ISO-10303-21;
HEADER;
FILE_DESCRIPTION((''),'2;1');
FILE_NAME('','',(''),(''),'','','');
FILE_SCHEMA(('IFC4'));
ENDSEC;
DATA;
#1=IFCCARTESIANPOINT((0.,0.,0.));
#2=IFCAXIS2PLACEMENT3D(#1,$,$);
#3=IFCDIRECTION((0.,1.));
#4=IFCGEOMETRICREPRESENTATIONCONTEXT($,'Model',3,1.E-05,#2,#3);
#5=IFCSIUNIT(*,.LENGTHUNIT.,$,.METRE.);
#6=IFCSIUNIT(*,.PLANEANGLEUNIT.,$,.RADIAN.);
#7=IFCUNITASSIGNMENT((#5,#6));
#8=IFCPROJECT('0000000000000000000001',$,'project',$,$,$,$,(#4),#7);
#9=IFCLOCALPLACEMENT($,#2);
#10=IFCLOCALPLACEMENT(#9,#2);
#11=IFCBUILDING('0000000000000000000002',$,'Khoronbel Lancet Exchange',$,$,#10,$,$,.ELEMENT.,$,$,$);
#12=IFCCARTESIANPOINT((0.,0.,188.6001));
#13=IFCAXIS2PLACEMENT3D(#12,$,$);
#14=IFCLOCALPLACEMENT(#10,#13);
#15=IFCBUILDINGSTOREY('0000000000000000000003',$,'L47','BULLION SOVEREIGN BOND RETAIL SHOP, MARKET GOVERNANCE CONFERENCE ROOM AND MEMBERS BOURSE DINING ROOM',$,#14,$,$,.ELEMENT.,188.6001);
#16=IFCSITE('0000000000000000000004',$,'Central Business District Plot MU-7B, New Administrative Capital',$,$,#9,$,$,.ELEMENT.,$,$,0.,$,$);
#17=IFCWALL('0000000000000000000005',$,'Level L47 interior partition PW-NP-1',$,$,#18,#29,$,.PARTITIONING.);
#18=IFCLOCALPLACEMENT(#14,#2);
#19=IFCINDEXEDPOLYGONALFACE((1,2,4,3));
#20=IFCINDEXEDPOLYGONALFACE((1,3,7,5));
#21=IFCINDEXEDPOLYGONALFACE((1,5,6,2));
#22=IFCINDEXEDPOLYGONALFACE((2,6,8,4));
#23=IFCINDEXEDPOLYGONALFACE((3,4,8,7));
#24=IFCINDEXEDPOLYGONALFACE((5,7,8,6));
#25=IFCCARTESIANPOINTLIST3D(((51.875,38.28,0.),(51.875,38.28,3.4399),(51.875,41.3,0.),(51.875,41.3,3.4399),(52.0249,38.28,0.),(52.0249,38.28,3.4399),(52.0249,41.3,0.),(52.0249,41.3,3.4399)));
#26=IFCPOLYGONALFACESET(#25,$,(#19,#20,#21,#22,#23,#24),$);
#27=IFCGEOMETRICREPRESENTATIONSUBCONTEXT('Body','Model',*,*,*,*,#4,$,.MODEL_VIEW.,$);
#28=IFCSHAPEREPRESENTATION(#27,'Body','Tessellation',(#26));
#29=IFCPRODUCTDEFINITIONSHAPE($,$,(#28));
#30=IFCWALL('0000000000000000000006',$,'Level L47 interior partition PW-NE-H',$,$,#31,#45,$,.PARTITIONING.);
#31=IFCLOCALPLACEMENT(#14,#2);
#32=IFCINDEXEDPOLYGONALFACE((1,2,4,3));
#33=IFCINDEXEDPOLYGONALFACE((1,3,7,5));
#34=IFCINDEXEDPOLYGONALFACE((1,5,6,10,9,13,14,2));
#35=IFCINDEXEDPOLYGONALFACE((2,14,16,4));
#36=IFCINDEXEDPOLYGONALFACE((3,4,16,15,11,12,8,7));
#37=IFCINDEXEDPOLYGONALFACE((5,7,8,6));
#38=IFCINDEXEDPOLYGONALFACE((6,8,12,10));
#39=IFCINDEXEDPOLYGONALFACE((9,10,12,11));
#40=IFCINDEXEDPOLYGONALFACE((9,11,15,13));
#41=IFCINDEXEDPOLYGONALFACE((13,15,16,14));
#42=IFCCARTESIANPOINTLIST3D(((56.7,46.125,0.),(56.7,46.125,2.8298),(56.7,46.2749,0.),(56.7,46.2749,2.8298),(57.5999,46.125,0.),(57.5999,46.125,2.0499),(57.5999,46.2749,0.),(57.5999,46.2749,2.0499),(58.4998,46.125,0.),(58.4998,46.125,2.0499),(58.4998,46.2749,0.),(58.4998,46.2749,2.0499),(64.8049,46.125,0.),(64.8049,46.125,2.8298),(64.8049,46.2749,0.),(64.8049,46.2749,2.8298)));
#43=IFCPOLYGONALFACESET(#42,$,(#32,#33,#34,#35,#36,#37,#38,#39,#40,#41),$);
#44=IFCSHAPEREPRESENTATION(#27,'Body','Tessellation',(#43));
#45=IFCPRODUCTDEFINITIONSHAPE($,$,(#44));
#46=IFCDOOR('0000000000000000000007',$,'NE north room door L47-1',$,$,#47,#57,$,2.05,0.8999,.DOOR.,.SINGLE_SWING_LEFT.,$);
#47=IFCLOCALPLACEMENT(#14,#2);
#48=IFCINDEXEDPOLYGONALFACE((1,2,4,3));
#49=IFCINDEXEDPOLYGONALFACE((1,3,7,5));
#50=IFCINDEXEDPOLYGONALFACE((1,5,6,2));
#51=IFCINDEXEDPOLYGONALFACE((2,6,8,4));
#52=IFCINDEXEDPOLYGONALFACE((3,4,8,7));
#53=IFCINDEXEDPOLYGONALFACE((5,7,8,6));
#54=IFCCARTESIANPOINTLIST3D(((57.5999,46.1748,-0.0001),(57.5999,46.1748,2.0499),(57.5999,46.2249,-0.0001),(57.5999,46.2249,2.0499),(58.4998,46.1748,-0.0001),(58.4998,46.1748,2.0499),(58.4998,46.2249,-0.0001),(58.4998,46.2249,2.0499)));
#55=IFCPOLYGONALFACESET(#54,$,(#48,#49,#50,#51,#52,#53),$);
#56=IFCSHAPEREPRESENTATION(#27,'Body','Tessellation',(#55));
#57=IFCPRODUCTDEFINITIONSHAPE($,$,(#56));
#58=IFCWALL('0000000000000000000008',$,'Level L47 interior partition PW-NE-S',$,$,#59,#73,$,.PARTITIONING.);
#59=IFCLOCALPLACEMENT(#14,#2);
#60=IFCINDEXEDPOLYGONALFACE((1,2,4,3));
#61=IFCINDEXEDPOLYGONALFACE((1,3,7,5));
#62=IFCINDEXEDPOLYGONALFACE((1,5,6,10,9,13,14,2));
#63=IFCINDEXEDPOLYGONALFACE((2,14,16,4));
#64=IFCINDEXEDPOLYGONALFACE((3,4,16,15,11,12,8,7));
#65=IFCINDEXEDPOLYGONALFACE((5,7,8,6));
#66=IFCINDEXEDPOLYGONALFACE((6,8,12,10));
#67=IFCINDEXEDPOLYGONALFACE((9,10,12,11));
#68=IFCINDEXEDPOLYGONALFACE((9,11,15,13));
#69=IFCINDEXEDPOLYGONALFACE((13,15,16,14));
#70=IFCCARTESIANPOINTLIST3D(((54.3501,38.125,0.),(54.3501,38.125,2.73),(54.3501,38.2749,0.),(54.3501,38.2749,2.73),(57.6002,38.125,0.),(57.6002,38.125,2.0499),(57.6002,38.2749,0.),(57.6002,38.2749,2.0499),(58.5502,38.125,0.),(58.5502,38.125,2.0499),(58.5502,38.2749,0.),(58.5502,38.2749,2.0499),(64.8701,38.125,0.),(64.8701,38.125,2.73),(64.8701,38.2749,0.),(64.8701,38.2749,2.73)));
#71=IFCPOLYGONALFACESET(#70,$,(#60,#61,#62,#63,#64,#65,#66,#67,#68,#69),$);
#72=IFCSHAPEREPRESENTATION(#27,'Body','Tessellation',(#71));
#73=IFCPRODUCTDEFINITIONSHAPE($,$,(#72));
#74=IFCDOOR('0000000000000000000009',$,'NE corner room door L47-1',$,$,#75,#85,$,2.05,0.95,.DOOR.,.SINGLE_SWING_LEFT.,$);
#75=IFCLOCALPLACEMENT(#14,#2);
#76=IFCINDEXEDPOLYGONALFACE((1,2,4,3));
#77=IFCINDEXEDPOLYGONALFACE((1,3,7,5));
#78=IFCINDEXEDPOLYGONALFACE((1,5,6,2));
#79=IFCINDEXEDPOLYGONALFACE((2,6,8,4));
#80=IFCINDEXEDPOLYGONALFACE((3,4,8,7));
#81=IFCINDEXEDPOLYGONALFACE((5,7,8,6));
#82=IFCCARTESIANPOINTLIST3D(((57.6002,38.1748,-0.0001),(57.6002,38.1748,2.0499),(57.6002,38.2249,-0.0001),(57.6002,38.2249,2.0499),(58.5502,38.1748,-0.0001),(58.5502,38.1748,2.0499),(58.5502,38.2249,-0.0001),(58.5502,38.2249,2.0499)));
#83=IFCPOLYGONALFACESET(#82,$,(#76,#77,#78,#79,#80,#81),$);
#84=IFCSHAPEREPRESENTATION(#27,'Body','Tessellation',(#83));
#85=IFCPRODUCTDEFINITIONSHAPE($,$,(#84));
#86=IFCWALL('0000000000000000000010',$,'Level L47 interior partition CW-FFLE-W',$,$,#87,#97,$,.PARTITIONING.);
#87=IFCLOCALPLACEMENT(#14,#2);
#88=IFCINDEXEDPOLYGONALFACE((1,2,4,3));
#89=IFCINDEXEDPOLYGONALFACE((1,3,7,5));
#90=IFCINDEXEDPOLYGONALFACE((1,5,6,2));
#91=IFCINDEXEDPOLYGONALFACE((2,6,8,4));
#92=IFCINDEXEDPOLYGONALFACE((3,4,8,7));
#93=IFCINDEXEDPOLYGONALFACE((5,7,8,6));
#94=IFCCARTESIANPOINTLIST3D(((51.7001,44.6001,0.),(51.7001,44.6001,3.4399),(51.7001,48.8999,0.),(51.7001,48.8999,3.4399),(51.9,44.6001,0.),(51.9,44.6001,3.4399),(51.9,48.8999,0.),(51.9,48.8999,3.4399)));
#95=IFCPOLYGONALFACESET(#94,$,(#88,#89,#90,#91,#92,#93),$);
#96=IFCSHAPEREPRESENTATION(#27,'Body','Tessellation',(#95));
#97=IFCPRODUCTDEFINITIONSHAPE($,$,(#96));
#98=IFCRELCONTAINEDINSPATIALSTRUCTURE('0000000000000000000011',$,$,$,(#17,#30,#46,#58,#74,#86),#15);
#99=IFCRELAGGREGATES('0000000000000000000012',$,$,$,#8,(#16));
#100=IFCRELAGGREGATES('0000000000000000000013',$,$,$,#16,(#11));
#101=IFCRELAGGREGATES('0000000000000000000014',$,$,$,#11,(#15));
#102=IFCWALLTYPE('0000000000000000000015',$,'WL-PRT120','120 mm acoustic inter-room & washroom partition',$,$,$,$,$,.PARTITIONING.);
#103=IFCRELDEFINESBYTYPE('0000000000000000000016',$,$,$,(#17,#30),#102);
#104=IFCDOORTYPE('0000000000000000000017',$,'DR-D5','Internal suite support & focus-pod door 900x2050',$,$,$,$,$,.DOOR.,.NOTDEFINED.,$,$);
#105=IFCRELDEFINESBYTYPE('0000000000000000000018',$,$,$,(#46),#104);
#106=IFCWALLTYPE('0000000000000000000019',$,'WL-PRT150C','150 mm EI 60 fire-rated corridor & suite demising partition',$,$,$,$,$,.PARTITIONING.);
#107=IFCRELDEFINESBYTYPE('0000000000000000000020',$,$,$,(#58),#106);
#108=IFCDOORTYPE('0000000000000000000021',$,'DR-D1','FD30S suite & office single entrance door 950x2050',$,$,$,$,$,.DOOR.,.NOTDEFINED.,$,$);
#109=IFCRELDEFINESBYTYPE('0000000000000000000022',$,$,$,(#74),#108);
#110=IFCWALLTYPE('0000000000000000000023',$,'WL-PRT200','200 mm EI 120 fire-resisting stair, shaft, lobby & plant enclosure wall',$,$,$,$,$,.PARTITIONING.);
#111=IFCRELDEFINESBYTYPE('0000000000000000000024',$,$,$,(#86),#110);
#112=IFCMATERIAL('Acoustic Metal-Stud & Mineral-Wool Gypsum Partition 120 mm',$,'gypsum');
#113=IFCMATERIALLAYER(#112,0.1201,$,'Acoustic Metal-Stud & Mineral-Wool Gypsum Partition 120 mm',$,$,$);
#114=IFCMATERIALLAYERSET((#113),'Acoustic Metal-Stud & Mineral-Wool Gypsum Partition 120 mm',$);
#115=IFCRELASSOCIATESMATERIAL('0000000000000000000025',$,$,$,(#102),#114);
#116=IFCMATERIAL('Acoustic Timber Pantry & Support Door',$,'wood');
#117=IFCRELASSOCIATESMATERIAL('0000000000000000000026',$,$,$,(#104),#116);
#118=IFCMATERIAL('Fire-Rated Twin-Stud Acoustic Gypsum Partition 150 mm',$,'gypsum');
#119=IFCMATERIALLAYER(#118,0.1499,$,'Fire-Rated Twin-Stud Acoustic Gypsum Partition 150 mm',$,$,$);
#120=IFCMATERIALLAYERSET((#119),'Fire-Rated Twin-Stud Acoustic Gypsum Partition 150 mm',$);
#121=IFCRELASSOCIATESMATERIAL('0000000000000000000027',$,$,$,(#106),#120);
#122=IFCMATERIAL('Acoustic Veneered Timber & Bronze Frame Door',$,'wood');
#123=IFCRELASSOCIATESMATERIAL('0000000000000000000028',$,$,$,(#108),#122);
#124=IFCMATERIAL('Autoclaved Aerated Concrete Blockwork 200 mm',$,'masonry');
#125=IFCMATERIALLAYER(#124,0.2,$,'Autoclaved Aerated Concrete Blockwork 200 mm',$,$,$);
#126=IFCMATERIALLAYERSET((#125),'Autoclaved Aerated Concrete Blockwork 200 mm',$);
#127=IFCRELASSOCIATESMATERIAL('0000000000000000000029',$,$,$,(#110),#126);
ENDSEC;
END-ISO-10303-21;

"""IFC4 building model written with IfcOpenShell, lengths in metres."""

from ifc_helpers import new_model, si_unit, direction, frame, frame_2d, origin, place, context, subcontext, project, spatial, rectangle, extrude, material, layer, layer_set, type_object, element, fill, save


model = new_model("IFC4")

# Units and contexts
model_context = context("Model", 3, precision=1e-05, world=origin(), true_north=direction((0.0, 1.0)))
body_context = subcontext(model_context, "Body", "Model", "MODEL_VIEW")
ifc_project = project(units=[si_unit("LENGTHUNIT", "METRE"), si_unit("PLANEANGLEUNIT", "RADIAN")], contexts=[model_context])

# Site, building, storey
site_placement = place(None, origin())
site = spatial("IfcSite", under=ifc_project, at=site_placement, Name="Central Business District Plot MU-7B, New Administrative Capital", CompositionType="ELEMENT", RefElevation=0.0)
building_placement = place(site_placement, origin())
building = spatial("IfcBuilding", under=site, at=building_placement, Name="Khoronbel Lancet Exchange", CompositionType="ELEMENT")
storey_placement = place(building_placement, frame((0.0, 0.0, 188.6001)))
storey = spatial("IfcBuildingStorey", under=building, at=storey_placement, Name="L47", Description="BULLION SOVEREIGN BOND RETAIL SHOP, MARKET GOVERNANCE CONFERENCE ROOM AND MEMBERS BOURSE DINING ROOM", CompositionType="ELEMENT", Elevation=188.6001)

# Wall
ifc_material_1 = material(Name="Acoustic Metal-Stud & Mineral-Wool Gypsum Partition 120 mm", Category="gypsum")
ifc_layer_1 = layer(ifc_material_1, 0.1201, Name="Acoustic Metal-Stud & Mineral-Wool Gypsum Partition 120 mm")
ifc_layer_set_1 = layer_set([ifc_layer_1], Name="Acoustic Metal-Stud & Mineral-Wool Gypsum Partition 120 mm")
wall_type_1 = type_object("IfcWallType", Name="WL-PRT120", Description="120 mm acoustic inter-room & washroom partition", PredefinedType="PARTITIONING", material=ifc_layer_set_1)
wall_1_placement = place(storey_placement, frame((51.95, 38.28, 0.0), z_axis=(0.0, 0.0, 1.0), x_axis=(0.0, 1.0, 0.0)))
element("IfcWall", 1, at=wall_1_placement, inside=storey, type_object=wall_type_1, Name="Level L47 interior partition PW-NP-1", PredefinedType="PARTITIONING", context=body_context, shape_type="SweptSolid", body=[
    extrude(rectangle(XDim=3.02, YDim=0.1499, at=frame_2d((1.51, 0.0))), origin(), (0.0, 0.0, 1.0), 3.4399),
])

# Walls, openings, doors
wall_2_placement = place(storey_placement, frame((56.7, 46.2, 0.0), z_axis=(0.0, 0.0, 1.0), x_axis=(1.0, 0.0, 0.0)))
wall_2 = element("IfcWall", 2, at=wall_2_placement, inside=storey, type_object=wall_type_1, Name="Level L47 interior partition PW-NE-H", PredefinedType="PARTITIONING", context=body_context, shape_type="SweptSolid", body=[
    extrude(rectangle(XDim=8.105, YDim=0.1499, at=frame_2d((4.0525, 0.0))), origin(), (0.0, 0.0, 1.0), 2.8298),
])
opening_1_placement = place(wall_2_placement, frame((0.8999, 0.0, 0.0)))
opening_1 = element("IfcOpeningElement", 3, at=opening_1_placement, cuts=wall_2, PredefinedType="OPENING", context=body_context, shape_type="SweptSolid", body=[
    extrude(rectangle(XDim=0.8999, YDim=2.05, at=frame_2d((0.45, 1.0249))), frame((0.0, 0.085, 0.0), z_axis=(0.0, -1.0, 0.0), x_axis=(1.0, 0.0, 0.0)), (0.0, 0.0, 1.0), 0.1699),
])
ifc_material_2 = material(Name="Acoustic Timber Pantry & Support Door", Category="wood")
door_type_1 = type_object("IfcDoorType", Name="DR-D5", Description="Internal suite support & focus-pod door 900x2050", OperationType="NOTDEFINED", PredefinedType="DOOR", material=ifc_material_2)
door_1_placement = place(opening_1_placement, origin())
door_1 = element("IfcDoor", 4, at=door_1_placement, inside=storey, type_object=door_type_1, Name="NE north room door L47-1", OperationType="SINGLE_SWING_LEFT", OverallHeight=2.05, OverallWidth=0.8999, PredefinedType="DOOR", context=body_context, shape_type="SweptSolid", body=[
    extrude(rectangle(XDim=0.8999, YDim=2.05, at=frame_2d((0.45, 1.0249))), frame((0.0, 0.0249, 0.0), z_axis=(0.0, -1.0, 0.0), x_axis=(1.0, 0.0, 0.0)), (0.0, 0.0, 1.0), 0.05),
])
fill(opening_1, door_1)
ifc_material_3 = material(Name="Fire-Rated Twin-Stud Acoustic Gypsum Partition 150 mm", Category="gypsum")
ifc_layer_2 = layer(ifc_material_3, 0.1499, Name="Fire-Rated Twin-Stud Acoustic Gypsum Partition 150 mm")
ifc_layer_set_2 = layer_set([ifc_layer_2], Name="Fire-Rated Twin-Stud Acoustic Gypsum Partition 150 mm")
wall_type_2 = type_object("IfcWallType", Name="WL-PRT150C", Description="150 mm EI 60 fire-rated corridor & suite demising partition", PredefinedType="PARTITIONING", material=ifc_layer_set_2)
wall_3_placement = place(storey_placement, frame((54.3501, 38.2, 0.0), z_axis=(0.0, 0.0, 1.0), x_axis=(1.0, 0.0, 0.0)))
wall_3 = element("IfcWall", 5, at=wall_3_placement, inside=storey, type_object=wall_type_2, Name="Level L47 interior partition PW-NE-S", PredefinedType="PARTITIONING", context=body_context, shape_type="SweptSolid", body=[
    extrude(rectangle(XDim=10.52, YDim=0.1499, at=frame_2d((5.26, 0.0))), origin(), (0.0, 0.0, 1.0), 2.73),
])
opening_2_placement = place(wall_3_placement, frame((3.25, 0.0, 0.0)))
opening_2 = element("IfcOpeningElement", 6, at=opening_2_placement, cuts=wall_3, PredefinedType="OPENING", context=body_context, shape_type="SweptSolid", body=[
    extrude(rectangle(XDim=0.95, YDim=2.05, at=frame_2d((0.4751, 1.0249))), frame((0.0, 0.085, 0.0), z_axis=(0.0, -1.0, 0.0), x_axis=(1.0, 0.0, 0.0)), (0.0, 0.0, 1.0), 0.1699),
])
ifc_material_4 = material(Name="Acoustic Veneered Timber & Bronze Frame Door", Category="wood")
door_type_2 = type_object("IfcDoorType", Name="DR-D1", Description="FD30S suite & office single entrance door 950x2050", OperationType="NOTDEFINED", PredefinedType="DOOR", material=ifc_material_4)
door_2_placement = place(opening_2_placement, origin())
door_2 = element("IfcDoor", 7, at=door_2_placement, inside=storey, type_object=door_type_2, Name="NE corner room door L47-1", OperationType="SINGLE_SWING_LEFT", OverallHeight=2.05, OverallWidth=0.95, PredefinedType="DOOR", context=body_context, shape_type="SweptSolid", body=[
    extrude(rectangle(XDim=0.95, YDim=2.05, at=frame_2d((0.4751, 1.0249))), frame((0.0, 0.0249, 0.0), z_axis=(0.0, -1.0, 0.0), x_axis=(1.0, 0.0, 0.0)), (0.0, 0.0, 1.0), 0.05),
])
fill(opening_2, door_2)

# Wall
ifc_material_5 = material(Name="Autoclaved Aerated Concrete Blockwork 200 mm", Category="masonry")
ifc_layer_3 = layer(ifc_material_5, 0.2, Name="Autoclaved Aerated Concrete Blockwork 200 mm")
ifc_layer_set_3 = layer_set([ifc_layer_3], Name="Autoclaved Aerated Concrete Blockwork 200 mm")
wall_type_3 = type_object("IfcWallType", Name="WL-PRT200", Description="200 mm EI 120 fire-resisting stair, shaft, lobby & plant enclosure wall", PredefinedType="PARTITIONING", material=ifc_layer_set_3)
wall_4_placement = place(storey_placement, frame((51.8, 44.6001, 0.0), z_axis=(0.0, 0.0, 1.0), x_axis=(0.0, 1.0, 0.0)))
element("IfcWall", 8, at=wall_4_placement, inside=storey, type_object=wall_type_3, Name="Level L47 interior partition CW-FFLE-W", PredefinedType="PARTITIONING", context=body_context, shape_type="SweptSolid", body=[
    extrude(rectangle(XDim=4.2998, YDim=0.2, at=frame_2d((2.1499, 0.0))), origin(), (0.0, 0.0, 1.0), 3.4399),
])

save(model, "model.ifc")
